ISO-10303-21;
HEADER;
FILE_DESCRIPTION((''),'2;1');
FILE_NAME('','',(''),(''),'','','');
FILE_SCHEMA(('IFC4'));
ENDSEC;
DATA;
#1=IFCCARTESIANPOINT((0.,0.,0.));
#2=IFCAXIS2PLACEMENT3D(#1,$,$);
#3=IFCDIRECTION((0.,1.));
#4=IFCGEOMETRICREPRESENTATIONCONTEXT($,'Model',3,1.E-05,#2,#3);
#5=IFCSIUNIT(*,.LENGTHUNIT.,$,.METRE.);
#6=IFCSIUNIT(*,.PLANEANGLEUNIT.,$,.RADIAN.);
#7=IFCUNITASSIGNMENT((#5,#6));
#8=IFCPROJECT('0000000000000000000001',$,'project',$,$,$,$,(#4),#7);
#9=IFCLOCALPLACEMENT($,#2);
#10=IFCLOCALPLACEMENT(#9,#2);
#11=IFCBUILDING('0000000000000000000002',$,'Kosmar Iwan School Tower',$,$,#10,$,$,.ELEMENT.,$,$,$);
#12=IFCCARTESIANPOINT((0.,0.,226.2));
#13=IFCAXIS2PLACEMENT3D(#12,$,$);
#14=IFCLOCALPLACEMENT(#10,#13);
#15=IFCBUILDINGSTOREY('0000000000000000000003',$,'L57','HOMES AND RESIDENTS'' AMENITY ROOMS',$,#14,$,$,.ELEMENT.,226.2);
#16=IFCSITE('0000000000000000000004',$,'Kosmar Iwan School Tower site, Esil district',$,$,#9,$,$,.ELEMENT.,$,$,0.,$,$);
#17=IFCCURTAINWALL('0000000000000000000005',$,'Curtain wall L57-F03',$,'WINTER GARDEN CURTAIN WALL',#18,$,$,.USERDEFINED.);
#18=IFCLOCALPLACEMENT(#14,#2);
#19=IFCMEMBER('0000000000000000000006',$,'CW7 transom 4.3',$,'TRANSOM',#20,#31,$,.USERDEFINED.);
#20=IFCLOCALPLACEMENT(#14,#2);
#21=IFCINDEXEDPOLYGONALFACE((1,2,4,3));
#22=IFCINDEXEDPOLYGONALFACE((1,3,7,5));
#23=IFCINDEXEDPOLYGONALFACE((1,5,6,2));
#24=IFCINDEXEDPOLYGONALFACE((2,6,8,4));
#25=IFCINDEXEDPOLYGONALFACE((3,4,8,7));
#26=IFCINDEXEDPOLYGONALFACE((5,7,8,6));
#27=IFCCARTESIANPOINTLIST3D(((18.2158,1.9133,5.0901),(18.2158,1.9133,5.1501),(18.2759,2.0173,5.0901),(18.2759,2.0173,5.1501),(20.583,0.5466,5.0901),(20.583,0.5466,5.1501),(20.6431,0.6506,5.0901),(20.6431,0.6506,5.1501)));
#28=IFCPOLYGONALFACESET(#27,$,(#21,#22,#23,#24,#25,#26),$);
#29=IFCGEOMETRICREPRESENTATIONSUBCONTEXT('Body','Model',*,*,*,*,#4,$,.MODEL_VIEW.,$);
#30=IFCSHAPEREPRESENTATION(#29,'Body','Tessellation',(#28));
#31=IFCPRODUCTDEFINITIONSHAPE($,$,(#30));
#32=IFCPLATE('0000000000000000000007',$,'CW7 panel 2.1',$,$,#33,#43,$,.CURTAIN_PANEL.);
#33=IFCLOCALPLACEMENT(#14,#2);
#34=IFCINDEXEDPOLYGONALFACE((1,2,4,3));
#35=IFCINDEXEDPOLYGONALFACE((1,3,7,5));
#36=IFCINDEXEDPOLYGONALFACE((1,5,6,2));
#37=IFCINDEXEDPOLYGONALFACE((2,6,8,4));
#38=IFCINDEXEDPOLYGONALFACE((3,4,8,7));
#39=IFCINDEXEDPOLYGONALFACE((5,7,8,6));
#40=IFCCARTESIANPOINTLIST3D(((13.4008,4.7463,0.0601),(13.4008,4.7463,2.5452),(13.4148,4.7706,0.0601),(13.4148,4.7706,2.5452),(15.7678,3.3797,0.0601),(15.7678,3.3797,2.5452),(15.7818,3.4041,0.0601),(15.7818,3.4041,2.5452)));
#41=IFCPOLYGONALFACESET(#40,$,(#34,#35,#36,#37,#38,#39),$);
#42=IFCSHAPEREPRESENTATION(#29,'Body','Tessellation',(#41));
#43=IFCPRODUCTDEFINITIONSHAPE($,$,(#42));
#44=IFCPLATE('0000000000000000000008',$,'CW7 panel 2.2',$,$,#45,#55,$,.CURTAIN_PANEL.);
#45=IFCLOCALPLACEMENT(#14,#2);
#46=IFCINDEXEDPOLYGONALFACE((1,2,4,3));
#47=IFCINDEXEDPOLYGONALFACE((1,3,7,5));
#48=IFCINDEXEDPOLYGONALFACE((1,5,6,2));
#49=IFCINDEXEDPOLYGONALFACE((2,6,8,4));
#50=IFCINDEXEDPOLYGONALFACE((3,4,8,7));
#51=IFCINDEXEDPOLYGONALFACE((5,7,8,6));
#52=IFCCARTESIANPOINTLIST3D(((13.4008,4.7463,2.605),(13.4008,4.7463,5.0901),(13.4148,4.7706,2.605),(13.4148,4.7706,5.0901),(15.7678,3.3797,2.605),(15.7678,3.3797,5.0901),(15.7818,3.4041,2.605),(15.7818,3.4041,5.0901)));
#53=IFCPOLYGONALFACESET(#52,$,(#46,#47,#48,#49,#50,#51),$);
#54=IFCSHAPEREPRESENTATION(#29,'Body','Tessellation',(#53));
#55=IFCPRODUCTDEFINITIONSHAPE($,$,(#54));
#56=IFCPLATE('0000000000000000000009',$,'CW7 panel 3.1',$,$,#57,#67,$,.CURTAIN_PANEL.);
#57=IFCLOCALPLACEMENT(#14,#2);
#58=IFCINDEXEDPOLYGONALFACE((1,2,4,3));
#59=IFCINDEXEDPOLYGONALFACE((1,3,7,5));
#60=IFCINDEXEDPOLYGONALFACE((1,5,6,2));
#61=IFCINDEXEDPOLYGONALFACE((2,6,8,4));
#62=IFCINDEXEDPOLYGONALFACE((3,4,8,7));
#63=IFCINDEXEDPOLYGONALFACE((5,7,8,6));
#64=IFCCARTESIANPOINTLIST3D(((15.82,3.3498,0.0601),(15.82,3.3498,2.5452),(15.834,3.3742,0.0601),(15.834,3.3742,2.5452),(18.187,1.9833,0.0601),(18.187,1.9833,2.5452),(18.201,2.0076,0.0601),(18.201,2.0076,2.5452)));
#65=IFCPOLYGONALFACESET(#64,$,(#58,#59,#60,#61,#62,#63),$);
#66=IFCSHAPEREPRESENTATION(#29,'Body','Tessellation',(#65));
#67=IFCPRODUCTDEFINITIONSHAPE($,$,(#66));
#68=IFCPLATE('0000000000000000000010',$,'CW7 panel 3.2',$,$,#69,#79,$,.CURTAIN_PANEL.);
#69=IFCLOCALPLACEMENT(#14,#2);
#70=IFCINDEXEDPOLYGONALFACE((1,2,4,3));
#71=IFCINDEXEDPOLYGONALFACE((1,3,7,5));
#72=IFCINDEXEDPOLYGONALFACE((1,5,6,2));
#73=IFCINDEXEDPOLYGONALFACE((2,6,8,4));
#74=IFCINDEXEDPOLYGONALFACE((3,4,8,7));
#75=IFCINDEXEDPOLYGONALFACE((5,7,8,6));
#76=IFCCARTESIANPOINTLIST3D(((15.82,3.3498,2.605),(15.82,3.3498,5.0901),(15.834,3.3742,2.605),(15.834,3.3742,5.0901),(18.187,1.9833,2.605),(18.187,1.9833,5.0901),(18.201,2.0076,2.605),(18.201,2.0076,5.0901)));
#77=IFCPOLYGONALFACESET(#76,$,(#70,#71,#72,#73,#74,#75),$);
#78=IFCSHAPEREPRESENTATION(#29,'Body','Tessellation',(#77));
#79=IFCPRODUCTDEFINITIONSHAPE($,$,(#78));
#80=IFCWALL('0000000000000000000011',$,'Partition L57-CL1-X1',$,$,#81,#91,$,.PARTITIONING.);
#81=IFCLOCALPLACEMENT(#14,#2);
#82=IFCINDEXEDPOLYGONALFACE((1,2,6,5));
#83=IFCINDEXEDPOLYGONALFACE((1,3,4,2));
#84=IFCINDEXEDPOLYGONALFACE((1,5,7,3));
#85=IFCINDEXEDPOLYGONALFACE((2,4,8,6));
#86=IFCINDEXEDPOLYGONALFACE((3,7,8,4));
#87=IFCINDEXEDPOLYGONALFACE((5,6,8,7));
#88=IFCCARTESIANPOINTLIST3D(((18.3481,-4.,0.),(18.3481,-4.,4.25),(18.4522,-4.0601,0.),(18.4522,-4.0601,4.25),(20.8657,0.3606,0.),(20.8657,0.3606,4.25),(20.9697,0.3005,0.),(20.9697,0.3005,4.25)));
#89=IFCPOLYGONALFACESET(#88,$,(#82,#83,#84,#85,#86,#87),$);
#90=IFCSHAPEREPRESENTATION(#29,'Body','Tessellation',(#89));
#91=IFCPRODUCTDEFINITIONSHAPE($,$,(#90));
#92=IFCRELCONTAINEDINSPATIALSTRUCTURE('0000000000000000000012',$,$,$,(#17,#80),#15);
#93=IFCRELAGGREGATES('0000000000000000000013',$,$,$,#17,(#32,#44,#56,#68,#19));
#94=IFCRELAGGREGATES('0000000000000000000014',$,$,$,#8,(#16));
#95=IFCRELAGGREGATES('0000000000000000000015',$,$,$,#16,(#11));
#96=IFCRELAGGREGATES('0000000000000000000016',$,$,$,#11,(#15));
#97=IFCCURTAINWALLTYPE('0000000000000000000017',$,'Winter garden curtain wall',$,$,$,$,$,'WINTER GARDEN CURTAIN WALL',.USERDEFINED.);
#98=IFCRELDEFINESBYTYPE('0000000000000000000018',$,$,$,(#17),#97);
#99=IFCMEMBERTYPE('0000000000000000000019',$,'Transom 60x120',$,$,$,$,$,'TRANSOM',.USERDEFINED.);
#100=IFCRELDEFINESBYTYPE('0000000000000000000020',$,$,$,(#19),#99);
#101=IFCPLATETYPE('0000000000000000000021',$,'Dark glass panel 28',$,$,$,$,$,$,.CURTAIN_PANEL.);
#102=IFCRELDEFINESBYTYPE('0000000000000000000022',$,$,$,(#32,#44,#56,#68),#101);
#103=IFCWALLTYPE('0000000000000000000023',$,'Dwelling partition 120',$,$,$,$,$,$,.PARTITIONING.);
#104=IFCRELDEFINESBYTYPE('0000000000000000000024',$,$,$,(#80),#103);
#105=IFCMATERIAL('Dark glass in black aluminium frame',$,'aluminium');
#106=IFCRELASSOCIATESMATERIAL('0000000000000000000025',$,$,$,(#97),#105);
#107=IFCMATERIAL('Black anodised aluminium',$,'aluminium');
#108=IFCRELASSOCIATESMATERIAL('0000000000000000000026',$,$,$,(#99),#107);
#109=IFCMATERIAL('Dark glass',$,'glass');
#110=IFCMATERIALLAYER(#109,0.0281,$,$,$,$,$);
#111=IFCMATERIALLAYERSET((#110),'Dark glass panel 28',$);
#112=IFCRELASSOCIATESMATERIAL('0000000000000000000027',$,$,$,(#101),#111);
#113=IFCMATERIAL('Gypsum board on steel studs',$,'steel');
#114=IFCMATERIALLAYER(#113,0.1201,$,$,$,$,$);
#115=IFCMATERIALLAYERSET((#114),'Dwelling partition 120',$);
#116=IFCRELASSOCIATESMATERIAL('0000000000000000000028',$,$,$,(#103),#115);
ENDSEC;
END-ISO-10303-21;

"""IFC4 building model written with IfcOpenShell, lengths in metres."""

from ifc_helpers import new_model, si_unit, direction, frame, frame_2d, origin, origin_2d, place, context, subcontext, project, spatial, rectangle, extrude, material, layer, layer_set, material_profile, profile_set, type_object, element, aggregate, save


model = new_model("IFC4")

# Units and contexts
model_context = context("Model", 3, precision=1e-05, world=origin(), true_north=direction((0.0, 1.0)))
body_context = subcontext(model_context, "Body", "Model", "MODEL_VIEW")
ifc_project = project(units=[si_unit("LENGTHUNIT", "METRE"), si_unit("PLANEANGLEUNIT", "RADIAN")], contexts=[model_context])

# Site, building, storey
site_placement = place(None, origin())
site = spatial("IfcSite", under=ifc_project, at=site_placement, Name="Kosmar Iwan School Tower site, Esil district", CompositionType="ELEMENT", RefElevation=0.0)
building_placement = place(site_placement, origin())
building = spatial("IfcBuilding", under=site, at=building_placement, Name="Kosmar Iwan School Tower", CompositionType="ELEMENT")
storey_placement = place(building_placement, frame((0.0, 0.0, 226.2)))
storey = spatial("IfcBuildingStorey", under=building, at=storey_placement, Name="L57", Description="HOMES AND RESIDENTS' AMENITY ROOMS", CompositionType="ELEMENT", Elevation=226.2)

# Curtain wall
ifc_material_1 = material(Name="Dark glass in black aluminium frame", Category="aluminium")
curtain_wall_type = type_object("IfcCurtainWallType", Name="Winter garden curtain wall", ElementType="WINTER GARDEN CURTAIN WALL", PredefinedType="USERDEFINED", material=ifc_material_1)
curtain_wall_placement = place(storey_placement, origin())
curtain_wall = element("IfcCurtainWall", 1, at=curtain_wall_placement, inside=storey, type_object=curtain_wall_type, Name="Curtain wall L57-F03", ObjectType="WINTER GARDEN CURTAIN WALL", PredefinedType="USERDEFINED")

# Member
ifc_material_2 = material(Name="Black anodised aluminium", Category="aluminium")
ifc_material_profile_1 = material_profile(ifc_material_2, rectangle(XDim=0.1201, YDim=0.0601, at=origin_2d()), Name="TRANSOM 60x120")
ifc_profile_set_1 = profile_set([ifc_material_profile_1], Name="Black anodised aluminium")
member_type_1 = type_object("IfcMemberType", Name="Transom 60x120", ElementType="TRANSOM", PredefinedType="USERDEFINED", material=ifc_profile_set_1)
member_1_placement = place(storey_placement, frame((18.2458, 1.9653, 5.1201), z_axis=(0.866025, -0.500001, 0.0), x_axis=(0.500001, 0.866025, 0.0)))
member_1 = element("IfcMember", 2, at=member_1_placement, type_object=member_type_1, Name="CW7 transom 4.3", ObjectType="TRANSOM", PredefinedType="USERDEFINED", context=body_context, shape_type="SweptSolid", body=[
    extrude(rectangle(XDim=0.1201, YDim=0.0601, at=origin_2d()), origin(), (0.0, 0.0, 1.0), 2.7334),
])

# Plates
ifc_material_3 = material(Name="Dark glass", Category="glass")
ifc_layer_1 = layer(ifc_material_3, 0.0281)
ifc_layer_set_1 = layer_set([ifc_layer_1], Name="Dark glass panel 28")
plate_type = type_object("IfcPlateType", Name="Dark glass panel 28", PredefinedType="CURTAIN_PANEL", material=ifc_layer_set_1)
plate_1_placement = place(storey_placement, frame((14.5913, 4.0752, 0.0601), z_axis=(0.0, 0.0, 1.0), x_axis=(0.866025, -0.5, 0.0)))
plate_1 = element("IfcPlate", 3, at=plate_1_placement, type_object=plate_type, Name="CW7 panel 2.1", PredefinedType="CURTAIN_PANEL", context=body_context, shape_type="SweptSolid", body=[
    extrude(rectangle(XDim=2.7332, YDim=0.0281, at=origin_2d()), origin(), (0.0, 0.0, 1.0), 2.4851),
])
plate_2_placement = place(storey_placement, frame((14.5913, 4.0752, 2.605), z_axis=(0.0, 0.0, 1.0), x_axis=(0.866025, -0.5, 0.0)))
plate_2 = element("IfcPlate", 4, at=plate_2_placement, type_object=plate_type, Name="CW7 panel 2.2", PredefinedType="CURTAIN_PANEL", context=body_context, shape_type="SweptSolid", body=[
    extrude(rectangle(XDim=2.7332, YDim=0.0281, at=origin_2d()), origin(), (0.0, 0.0, 1.0), 2.4851),
])
plate_3_placement = place(storey_placement, frame((17.0105, 2.6787, 0.0601), z_axis=(0.0, 0.0, 1.0), x_axis=(0.866025, -0.5, 0.0)))
plate_3 = element("IfcPlate", 5, at=plate_3_placement, type_object=plate_type, Name="CW7 panel 3.1", PredefinedType="CURTAIN_PANEL", context=body_context, shape_type="SweptSolid", body=[
    extrude(rectangle(XDim=2.7332, YDim=0.0281, at=origin_2d()), origin(), (0.0, 0.0, 1.0), 2.4851),
])
plate_4_placement = place(storey_placement, frame((17.0105, 2.6787, 2.605), z_axis=(0.0, 0.0, 1.0), x_axis=(0.866025, -0.5, 0.0)))
plate_4 = element("IfcPlate", 6, at=plate_4_placement, type_object=plate_type, Name="CW7 panel 3.2", PredefinedType="CURTAIN_PANEL", context=body_context, shape_type="SweptSolid", body=[
    extrude(rectangle(XDim=2.7332, YDim=0.0281, at=origin_2d()), origin(), (0.0, 0.0, 1.0), 2.4851),
])
aggregate(curtain_wall, [plate_1, plate_2, plate_3, plate_4, member_1])

# Wall
ifc_material_4 = material(Name="Gypsum board on steel studs", Category="steel")
ifc_layer_2 = layer(ifc_material_4, 0.1201)
ifc_layer_set_2 = layer_set([ifc_layer_2], Name="Dwelling partition 120")
wall_type = type_object("IfcWallType", Name="Dwelling partition 120", PredefinedType="PARTITIONING", material=ifc_layer_set_2)
wall_placement = place(storey_placement, frame((18.4001, -4.03, 0.0), z_axis=(0.0, 0.0, 1.0), x_axis=(0.499998, 0.866027, 0.0)))
element("IfcWall", 7, at=wall_placement, inside=storey, type_object=wall_type, Name="Partition L57-CL1-X1", PredefinedType="PARTITIONING", context=body_context, shape_type="SweptSolid", body=[
    extrude(rectangle(XDim=5.0352, YDim=0.1201, at=frame_2d((2.5176, 0.0))), origin(), (0.0, 0.0, 1.0), 4.25),
])

save(model, "model.ifc")
